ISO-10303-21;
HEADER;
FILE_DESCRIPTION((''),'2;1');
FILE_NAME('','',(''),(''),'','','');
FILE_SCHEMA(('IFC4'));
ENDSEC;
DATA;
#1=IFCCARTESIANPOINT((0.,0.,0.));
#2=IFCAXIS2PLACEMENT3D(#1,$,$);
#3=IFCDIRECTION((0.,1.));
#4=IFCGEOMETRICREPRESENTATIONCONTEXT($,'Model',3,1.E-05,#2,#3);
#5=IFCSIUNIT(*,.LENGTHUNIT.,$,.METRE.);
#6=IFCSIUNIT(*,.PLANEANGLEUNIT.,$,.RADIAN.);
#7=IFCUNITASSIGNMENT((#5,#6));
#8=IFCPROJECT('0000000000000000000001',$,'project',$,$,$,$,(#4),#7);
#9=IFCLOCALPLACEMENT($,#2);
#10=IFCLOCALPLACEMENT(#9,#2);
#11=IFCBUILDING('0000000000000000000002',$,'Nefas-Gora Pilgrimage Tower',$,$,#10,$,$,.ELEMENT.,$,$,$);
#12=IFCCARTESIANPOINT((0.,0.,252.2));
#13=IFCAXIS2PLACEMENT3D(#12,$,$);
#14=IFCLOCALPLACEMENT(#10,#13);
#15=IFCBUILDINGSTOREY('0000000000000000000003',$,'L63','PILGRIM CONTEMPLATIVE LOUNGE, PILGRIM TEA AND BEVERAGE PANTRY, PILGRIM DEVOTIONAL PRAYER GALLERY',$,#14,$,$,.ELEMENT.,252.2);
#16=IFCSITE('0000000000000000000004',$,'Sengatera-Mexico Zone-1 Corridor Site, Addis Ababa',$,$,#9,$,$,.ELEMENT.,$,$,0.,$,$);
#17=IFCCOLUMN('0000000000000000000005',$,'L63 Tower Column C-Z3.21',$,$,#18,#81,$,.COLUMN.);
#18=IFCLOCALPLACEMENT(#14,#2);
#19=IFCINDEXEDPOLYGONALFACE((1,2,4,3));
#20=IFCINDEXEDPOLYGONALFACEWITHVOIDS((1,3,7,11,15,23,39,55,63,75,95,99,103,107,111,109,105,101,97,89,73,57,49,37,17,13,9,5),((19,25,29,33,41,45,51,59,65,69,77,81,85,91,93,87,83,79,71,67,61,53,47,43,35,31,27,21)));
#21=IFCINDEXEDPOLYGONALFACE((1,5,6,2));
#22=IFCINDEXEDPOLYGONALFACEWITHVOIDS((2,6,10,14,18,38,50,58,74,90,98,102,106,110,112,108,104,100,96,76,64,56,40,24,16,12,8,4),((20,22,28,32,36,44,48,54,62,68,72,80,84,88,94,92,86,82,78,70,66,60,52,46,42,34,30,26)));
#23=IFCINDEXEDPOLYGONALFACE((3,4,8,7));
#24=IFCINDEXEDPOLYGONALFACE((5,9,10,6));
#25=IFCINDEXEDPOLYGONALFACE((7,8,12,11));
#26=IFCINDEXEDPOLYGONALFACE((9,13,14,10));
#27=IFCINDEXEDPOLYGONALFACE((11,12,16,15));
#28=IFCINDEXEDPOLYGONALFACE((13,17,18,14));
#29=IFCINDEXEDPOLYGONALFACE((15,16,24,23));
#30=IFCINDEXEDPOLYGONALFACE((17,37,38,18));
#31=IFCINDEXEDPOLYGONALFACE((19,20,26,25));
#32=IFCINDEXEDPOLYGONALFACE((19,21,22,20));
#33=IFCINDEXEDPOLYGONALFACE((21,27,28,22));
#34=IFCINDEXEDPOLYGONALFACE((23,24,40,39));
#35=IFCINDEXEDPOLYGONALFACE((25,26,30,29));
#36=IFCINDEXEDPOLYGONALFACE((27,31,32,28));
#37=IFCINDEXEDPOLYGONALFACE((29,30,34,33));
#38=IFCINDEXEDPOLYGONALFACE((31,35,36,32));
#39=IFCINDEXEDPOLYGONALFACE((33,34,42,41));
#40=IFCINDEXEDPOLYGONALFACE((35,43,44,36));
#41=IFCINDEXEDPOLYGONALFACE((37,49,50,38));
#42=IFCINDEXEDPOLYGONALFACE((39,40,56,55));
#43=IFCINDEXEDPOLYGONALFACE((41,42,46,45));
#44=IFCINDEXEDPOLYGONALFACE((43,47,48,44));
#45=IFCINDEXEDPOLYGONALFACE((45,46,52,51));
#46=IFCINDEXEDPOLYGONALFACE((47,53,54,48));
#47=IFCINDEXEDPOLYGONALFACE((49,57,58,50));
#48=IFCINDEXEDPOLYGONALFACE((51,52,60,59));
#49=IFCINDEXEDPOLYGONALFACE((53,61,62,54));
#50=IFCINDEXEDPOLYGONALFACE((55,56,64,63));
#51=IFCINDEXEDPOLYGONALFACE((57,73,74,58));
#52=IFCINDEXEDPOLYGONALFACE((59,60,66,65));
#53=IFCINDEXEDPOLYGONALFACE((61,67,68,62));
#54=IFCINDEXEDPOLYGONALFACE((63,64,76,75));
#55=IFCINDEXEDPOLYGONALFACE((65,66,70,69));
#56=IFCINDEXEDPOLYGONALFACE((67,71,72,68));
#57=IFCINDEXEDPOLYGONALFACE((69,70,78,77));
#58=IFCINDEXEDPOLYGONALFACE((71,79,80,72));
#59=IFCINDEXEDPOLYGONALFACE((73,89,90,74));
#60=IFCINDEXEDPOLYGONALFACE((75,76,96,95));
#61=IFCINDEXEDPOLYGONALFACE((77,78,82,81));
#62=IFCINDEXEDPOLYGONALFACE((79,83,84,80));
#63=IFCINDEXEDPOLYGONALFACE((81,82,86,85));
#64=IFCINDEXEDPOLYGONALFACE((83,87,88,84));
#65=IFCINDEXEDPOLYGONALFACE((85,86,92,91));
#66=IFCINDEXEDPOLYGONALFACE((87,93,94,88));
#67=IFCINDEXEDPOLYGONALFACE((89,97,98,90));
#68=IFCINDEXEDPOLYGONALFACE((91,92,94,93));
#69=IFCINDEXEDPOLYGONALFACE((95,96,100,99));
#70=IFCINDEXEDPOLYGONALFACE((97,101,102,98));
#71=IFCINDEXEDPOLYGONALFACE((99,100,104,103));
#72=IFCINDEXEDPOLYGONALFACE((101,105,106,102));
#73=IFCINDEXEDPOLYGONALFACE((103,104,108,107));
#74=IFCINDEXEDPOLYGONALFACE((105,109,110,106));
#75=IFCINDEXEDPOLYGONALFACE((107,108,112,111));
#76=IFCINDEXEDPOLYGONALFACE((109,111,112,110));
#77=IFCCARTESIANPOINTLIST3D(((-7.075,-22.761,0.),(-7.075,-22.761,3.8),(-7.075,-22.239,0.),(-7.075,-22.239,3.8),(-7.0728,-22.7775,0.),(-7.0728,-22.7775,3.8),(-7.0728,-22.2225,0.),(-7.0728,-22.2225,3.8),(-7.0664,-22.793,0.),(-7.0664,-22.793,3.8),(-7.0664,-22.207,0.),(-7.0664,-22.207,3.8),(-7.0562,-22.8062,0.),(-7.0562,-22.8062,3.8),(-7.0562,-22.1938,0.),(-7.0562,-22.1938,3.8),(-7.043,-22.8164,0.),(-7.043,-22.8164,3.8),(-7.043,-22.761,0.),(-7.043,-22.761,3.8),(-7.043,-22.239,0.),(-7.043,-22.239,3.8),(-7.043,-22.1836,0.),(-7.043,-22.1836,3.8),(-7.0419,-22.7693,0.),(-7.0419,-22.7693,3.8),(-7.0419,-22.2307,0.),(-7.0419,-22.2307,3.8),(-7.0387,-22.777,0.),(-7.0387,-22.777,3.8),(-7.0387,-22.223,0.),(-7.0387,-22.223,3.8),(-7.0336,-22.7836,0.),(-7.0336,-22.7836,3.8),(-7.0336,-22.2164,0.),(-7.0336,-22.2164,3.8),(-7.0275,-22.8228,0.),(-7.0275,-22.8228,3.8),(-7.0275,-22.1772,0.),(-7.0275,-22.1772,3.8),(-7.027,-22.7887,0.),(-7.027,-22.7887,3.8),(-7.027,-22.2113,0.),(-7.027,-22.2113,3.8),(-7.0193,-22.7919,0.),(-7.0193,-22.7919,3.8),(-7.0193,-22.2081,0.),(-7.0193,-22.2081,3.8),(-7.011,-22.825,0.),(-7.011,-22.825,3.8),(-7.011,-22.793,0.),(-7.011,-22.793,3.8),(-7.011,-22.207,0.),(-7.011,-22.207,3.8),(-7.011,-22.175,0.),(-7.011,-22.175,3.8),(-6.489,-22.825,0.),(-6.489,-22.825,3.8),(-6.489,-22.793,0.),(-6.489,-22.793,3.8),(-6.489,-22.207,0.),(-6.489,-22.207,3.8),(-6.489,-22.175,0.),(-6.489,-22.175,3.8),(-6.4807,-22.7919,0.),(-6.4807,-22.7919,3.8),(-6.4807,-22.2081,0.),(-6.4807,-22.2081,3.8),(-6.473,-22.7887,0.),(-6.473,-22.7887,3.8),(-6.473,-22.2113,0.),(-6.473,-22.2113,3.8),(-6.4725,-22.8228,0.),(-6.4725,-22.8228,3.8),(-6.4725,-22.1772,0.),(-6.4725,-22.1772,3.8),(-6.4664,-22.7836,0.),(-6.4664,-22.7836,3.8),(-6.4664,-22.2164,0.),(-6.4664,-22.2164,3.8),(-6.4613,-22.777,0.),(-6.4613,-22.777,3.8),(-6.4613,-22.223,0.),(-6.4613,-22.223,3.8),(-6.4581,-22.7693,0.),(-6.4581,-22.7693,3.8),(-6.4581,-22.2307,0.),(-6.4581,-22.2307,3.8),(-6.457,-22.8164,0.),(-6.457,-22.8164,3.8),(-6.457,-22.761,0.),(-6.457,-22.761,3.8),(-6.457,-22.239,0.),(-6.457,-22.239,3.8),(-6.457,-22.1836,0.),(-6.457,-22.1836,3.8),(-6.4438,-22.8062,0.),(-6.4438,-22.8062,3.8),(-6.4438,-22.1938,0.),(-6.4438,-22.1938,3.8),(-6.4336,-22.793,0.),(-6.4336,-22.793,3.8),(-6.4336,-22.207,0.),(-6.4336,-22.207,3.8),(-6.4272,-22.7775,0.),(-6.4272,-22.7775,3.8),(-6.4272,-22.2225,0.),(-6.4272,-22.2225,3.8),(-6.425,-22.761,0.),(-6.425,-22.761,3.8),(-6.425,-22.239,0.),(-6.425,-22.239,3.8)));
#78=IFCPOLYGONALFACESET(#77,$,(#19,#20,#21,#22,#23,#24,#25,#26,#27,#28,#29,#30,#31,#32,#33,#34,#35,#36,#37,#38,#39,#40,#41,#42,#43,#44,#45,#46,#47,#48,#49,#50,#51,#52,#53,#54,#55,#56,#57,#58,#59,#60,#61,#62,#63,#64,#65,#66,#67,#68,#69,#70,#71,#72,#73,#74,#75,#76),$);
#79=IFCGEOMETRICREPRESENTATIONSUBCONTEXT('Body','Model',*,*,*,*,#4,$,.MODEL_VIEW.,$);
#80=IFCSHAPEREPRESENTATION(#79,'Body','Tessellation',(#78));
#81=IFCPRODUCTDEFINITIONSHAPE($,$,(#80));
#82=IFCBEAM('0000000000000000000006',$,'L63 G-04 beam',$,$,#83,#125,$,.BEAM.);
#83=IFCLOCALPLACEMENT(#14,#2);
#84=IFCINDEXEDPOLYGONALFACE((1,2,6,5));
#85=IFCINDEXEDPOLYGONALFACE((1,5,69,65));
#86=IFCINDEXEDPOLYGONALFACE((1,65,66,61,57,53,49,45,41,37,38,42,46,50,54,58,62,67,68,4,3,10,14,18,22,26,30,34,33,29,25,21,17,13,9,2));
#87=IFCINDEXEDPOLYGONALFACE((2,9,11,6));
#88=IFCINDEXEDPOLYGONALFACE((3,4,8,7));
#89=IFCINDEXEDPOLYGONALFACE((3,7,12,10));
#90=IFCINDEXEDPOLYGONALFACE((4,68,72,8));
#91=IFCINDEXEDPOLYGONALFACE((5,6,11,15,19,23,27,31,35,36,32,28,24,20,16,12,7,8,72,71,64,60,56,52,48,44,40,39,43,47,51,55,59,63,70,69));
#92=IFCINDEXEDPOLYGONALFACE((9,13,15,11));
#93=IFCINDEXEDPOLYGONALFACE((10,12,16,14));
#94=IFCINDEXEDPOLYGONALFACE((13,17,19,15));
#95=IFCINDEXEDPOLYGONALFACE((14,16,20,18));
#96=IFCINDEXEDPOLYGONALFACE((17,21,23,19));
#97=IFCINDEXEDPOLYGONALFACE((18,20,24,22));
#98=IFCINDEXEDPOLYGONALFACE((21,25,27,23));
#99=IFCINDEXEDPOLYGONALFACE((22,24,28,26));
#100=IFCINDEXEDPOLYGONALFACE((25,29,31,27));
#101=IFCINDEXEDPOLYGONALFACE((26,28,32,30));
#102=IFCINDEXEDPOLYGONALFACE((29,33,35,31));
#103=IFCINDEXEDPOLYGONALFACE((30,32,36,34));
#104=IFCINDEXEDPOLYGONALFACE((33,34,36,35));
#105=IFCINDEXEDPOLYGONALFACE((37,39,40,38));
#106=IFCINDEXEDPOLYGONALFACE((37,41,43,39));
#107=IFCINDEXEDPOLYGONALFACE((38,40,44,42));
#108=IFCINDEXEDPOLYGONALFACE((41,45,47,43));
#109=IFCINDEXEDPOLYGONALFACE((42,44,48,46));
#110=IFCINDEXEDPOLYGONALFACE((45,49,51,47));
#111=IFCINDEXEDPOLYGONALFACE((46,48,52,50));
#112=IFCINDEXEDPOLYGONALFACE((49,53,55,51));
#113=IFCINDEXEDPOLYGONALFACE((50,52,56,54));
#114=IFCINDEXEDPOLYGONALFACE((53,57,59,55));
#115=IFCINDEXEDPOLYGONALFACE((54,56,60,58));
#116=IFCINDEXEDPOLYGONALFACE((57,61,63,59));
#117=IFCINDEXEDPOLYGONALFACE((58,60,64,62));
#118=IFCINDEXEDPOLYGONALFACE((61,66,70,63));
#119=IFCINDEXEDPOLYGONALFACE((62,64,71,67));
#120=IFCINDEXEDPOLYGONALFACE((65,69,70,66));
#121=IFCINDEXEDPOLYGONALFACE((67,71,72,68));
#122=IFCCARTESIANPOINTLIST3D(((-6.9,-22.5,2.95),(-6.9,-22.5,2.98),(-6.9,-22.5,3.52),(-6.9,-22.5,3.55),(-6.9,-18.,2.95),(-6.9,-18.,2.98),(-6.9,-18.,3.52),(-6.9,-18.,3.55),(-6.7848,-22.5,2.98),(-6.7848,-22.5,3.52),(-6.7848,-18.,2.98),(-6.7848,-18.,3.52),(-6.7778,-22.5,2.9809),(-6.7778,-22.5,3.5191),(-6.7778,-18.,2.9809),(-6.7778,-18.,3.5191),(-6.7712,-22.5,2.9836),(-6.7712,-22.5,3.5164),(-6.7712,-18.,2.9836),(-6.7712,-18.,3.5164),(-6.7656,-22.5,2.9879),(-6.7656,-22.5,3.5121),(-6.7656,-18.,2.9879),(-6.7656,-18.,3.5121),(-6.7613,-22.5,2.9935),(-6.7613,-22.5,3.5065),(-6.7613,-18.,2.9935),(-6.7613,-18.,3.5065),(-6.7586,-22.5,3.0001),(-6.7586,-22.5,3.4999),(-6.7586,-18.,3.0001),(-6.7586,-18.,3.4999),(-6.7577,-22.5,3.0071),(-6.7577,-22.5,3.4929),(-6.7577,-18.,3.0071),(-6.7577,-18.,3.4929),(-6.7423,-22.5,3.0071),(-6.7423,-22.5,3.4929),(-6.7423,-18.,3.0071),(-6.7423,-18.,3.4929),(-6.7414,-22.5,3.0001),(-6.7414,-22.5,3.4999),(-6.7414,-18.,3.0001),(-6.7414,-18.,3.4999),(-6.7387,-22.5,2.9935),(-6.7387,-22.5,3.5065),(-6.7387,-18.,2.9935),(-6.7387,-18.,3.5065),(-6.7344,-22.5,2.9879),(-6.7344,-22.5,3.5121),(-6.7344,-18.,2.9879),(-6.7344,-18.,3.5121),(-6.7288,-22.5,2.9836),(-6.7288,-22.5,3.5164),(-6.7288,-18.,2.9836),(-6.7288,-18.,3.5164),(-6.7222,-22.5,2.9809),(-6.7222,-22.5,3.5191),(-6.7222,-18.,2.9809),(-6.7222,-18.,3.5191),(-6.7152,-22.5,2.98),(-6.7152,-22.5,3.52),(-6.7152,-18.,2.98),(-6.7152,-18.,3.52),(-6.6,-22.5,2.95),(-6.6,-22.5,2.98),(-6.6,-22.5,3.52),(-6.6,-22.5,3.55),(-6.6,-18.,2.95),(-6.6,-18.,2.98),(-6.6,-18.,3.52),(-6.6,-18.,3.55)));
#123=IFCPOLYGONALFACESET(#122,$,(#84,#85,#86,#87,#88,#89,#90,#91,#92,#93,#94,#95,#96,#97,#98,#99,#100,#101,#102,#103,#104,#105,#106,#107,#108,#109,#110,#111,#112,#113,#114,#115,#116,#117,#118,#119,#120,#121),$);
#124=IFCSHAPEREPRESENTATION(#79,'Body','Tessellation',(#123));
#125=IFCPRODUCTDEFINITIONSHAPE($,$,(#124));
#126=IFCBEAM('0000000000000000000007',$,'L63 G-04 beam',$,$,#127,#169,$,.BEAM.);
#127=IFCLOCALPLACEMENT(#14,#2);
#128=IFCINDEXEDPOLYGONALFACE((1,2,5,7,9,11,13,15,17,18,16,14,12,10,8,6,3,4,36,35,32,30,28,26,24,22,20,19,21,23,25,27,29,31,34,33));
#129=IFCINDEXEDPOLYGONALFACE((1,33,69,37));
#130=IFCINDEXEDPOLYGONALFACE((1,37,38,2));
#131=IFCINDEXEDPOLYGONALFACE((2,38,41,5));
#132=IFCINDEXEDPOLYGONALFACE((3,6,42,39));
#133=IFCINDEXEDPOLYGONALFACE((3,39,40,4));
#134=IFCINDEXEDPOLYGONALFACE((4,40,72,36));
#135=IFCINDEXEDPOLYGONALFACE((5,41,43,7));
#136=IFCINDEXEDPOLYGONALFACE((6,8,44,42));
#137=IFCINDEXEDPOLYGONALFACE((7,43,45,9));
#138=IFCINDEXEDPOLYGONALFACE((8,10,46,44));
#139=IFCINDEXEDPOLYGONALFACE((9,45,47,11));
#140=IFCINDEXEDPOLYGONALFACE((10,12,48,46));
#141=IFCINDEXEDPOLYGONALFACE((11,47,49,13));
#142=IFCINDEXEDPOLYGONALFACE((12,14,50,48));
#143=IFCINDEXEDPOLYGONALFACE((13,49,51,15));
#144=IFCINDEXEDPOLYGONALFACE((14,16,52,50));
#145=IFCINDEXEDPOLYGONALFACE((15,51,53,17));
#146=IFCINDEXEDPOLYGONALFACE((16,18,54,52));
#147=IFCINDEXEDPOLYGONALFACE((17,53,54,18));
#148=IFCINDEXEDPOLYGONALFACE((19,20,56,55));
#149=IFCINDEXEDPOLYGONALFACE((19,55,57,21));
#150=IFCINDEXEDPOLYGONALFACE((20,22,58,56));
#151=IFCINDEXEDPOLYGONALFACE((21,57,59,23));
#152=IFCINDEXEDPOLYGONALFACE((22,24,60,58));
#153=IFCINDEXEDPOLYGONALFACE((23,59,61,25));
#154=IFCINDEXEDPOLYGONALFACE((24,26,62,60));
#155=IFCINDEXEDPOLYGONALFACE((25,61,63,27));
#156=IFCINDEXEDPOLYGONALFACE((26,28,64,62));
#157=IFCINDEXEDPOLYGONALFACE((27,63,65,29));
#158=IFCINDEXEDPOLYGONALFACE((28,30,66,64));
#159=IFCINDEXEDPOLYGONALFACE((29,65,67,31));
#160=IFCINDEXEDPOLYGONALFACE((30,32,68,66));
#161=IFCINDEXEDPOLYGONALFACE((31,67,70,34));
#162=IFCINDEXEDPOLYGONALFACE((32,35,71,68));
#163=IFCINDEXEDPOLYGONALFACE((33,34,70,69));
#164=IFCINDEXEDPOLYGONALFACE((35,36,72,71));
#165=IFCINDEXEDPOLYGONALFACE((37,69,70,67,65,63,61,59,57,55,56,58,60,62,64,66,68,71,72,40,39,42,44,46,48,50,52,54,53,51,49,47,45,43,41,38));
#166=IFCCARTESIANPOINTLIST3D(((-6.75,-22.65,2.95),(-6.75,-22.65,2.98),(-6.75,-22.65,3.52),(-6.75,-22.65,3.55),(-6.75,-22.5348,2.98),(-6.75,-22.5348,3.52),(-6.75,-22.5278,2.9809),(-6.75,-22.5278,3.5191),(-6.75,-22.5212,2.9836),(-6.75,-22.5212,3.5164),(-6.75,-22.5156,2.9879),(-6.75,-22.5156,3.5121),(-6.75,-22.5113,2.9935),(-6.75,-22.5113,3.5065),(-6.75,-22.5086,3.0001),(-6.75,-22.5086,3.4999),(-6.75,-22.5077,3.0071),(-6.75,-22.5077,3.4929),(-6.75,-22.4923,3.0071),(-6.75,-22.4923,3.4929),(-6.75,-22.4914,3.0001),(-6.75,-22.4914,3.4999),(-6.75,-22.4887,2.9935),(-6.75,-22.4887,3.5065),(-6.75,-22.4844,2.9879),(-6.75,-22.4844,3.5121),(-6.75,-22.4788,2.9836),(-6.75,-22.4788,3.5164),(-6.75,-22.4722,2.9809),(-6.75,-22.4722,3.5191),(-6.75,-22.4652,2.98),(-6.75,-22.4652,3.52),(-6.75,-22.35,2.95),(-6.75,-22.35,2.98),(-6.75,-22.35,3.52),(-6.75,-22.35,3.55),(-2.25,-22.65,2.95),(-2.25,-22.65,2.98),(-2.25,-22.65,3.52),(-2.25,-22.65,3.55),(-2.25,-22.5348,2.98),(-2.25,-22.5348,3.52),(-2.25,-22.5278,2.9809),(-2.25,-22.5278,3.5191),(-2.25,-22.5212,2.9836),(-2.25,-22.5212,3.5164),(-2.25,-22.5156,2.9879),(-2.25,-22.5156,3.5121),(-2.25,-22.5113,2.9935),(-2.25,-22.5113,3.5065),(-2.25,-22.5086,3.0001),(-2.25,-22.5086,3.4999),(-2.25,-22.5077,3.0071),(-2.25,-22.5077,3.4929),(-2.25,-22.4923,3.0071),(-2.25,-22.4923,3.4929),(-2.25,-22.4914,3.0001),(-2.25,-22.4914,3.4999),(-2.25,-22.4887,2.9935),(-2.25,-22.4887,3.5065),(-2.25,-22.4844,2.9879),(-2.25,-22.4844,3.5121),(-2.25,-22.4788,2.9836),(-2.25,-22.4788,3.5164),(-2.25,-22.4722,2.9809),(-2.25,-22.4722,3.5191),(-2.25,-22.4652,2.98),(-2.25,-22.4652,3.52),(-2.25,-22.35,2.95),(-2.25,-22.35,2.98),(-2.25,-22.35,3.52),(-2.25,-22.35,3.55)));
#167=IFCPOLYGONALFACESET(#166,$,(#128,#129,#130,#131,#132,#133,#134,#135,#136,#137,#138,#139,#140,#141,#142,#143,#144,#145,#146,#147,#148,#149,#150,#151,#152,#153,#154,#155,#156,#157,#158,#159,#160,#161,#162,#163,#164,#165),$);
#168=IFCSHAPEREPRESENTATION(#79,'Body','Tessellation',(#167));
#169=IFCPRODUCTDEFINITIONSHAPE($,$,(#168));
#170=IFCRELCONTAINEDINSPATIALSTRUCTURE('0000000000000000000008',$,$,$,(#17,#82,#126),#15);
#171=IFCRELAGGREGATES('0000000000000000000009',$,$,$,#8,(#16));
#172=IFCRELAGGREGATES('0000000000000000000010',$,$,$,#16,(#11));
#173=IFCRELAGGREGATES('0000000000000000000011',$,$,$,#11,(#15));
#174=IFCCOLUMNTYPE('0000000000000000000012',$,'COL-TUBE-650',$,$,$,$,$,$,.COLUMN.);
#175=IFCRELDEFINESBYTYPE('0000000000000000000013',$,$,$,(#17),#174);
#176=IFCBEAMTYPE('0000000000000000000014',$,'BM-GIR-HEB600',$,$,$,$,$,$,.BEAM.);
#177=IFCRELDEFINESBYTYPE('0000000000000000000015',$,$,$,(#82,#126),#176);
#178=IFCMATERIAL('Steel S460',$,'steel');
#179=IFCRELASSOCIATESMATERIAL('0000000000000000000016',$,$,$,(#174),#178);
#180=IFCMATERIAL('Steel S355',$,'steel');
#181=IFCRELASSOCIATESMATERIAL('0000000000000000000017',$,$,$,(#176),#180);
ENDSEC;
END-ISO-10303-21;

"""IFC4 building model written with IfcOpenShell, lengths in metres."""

from ifc_helpers import new_model, si_unit, direction, frame, origin, origin_2d, place, context, subcontext, project, spatial, hollow_rectangle, i_section, extrude, source, transform, mapped, material, material_profile, profile_set, type_object, element, save


model = new_model("IFC4")

# Units and contexts
model_context = context("Model", 3, precision=1e-05, world=origin(), true_north=direction((0.0, 1.0)))
body_context = subcontext(model_context, "Body", "Model", "MODEL_VIEW")
ifc_project = project(units=[si_unit("LENGTHUNIT", "METRE"), si_unit("PLANEANGLEUNIT", "RADIAN")], contexts=[model_context])

# Site, building, storey
site_placement = place(None, origin())
site = spatial("IfcSite", under=ifc_project, at=site_placement, Name="Sengatera-Mexico Zone-1 Corridor Site, Addis Ababa", CompositionType="ELEMENT", RefElevation=0.0)
building_placement = place(site_placement, origin())
building = spatial("IfcBuilding", under=site, at=building_placement, Name="Nefas-Gora Pilgrimage Tower", CompositionType="ELEMENT")
storey_placement = place(building_placement, frame((0.0, 0.0, 252.2)))
storey = spatial("IfcBuildingStorey", under=building, at=storey_placement, Name="L63", Description="PILGRIM CONTEMPLATIVE LOUNGE, PILGRIM TEA AND BEVERAGE PANTRY, PILGRIM DEVOTIONAL PRAYER GALLERY", CompositionType="ELEMENT", Elevation=252.2)

# Column
ifc_material_1 = material(Name="Steel S460", Category="steel")
ifc_material_profile_1 = material_profile(ifc_material_1, hollow_rectangle(XDim=0.6499, YDim=0.6499, WallThickness=0.032, InnerFilletRadius=0.032, OuterFilletRadius=0.064, at=origin_2d()), Name="BOX 650x650x32")
ifc_profile_set_1 = profile_set([ifc_material_profile_1], Name="Steel S460")
column_type_1 = type_object("IfcColumnType", Name="COL-TUBE-650", PredefinedType="COLUMN", material=ifc_profile_set_1)
shared_shape_1 = source(origin(), body_context, "Body", "SweptSolid", [
    extrude(hollow_rectangle(XDim=0.6499, YDim=0.6499, WallThickness=0.032, InnerFilletRadius=0.032, OuterFilletRadius=0.064, at=origin_2d()), origin(), (0.0, 0.0, 1.0), 3.8),
])
column_placement = place(storey_placement, frame((-6.75, -22.5, 0.0), z_axis=(0.0, 0.0, 1.0), x_axis=(1.0, 0.0, 0.0)))
element("IfcColumn", 1, at=column_placement, inside=storey, type_object=column_type_1, Name="L63 Tower Column C-Z3.21", PredefinedType="COLUMN", context=body_context, shape_type="MappedRepresentation", body=[
    mapped(shared_shape_1, transform((0.0, 0.0, 0.0), x_axis=(1.0, 0.0, 0.0), y_axis=(0.0, 1.0, 0.0), z_axis=(0.0, 0.0, 1.0), scale=1.0)),
])

# Beams
ifc_material_2 = material(Name="Steel S355", Category="steel")
ifc_material_profile_2 = material_profile(ifc_material_2, i_section(OverallWidth=0.3, OverallDepth=0.6001, WebThickness=0.0154, FlangeThickness=0.03, FilletRadius=0.0271, at=origin_2d()), Name="HEB 600")
ifc_profile_set_2 = profile_set([ifc_material_profile_2], Name="Steel S355")
beam_type = type_object("IfcBeamType", Name="BM-GIR-HEB600", PredefinedType="BEAM", material=ifc_profile_set_2)
shared_shape_2 = source(origin(), body_context, "Body", "SweptSolid", [
    extrude(i_section(OverallWidth=0.3, OverallDepth=0.6001, WebThickness=0.0154, FlangeThickness=0.03, FilletRadius=0.0271, at=origin_2d()), origin(), (0.0, 0.0, 1.0), 4.5),
])
for number, where, z_axis, x_axis, name in (
    (2, (-6.75, -22.5, 3.25), (0.0, 1.0, 0.0), (-1.0, 0.0, 0.0), "L63 G-04 beam"),
    (3, (-6.75, -22.5, 3.25), (1.0, 0.0, 0.0), (0.0, 1.0, 0.0), "L63 G-04 beam"),
):
    element("IfcBeam", number, at=place(storey_placement, frame(where, z_axis=z_axis, x_axis=x_axis)), inside=storey, type_object=beam_type, Name=name, PredefinedType="BEAM", context=body_context, shape_type="MappedRepresentation", body=[
        mapped(shared_shape_2, transform((0.0, 0.0, 0.0), x_axis=(1.0, 0.0, 0.0), y_axis=(0.0, 1.0, 0.0), z_axis=(0.0, 0.0, 1.0), scale=1.0)),
    ])

save(model, "model.ifc")
